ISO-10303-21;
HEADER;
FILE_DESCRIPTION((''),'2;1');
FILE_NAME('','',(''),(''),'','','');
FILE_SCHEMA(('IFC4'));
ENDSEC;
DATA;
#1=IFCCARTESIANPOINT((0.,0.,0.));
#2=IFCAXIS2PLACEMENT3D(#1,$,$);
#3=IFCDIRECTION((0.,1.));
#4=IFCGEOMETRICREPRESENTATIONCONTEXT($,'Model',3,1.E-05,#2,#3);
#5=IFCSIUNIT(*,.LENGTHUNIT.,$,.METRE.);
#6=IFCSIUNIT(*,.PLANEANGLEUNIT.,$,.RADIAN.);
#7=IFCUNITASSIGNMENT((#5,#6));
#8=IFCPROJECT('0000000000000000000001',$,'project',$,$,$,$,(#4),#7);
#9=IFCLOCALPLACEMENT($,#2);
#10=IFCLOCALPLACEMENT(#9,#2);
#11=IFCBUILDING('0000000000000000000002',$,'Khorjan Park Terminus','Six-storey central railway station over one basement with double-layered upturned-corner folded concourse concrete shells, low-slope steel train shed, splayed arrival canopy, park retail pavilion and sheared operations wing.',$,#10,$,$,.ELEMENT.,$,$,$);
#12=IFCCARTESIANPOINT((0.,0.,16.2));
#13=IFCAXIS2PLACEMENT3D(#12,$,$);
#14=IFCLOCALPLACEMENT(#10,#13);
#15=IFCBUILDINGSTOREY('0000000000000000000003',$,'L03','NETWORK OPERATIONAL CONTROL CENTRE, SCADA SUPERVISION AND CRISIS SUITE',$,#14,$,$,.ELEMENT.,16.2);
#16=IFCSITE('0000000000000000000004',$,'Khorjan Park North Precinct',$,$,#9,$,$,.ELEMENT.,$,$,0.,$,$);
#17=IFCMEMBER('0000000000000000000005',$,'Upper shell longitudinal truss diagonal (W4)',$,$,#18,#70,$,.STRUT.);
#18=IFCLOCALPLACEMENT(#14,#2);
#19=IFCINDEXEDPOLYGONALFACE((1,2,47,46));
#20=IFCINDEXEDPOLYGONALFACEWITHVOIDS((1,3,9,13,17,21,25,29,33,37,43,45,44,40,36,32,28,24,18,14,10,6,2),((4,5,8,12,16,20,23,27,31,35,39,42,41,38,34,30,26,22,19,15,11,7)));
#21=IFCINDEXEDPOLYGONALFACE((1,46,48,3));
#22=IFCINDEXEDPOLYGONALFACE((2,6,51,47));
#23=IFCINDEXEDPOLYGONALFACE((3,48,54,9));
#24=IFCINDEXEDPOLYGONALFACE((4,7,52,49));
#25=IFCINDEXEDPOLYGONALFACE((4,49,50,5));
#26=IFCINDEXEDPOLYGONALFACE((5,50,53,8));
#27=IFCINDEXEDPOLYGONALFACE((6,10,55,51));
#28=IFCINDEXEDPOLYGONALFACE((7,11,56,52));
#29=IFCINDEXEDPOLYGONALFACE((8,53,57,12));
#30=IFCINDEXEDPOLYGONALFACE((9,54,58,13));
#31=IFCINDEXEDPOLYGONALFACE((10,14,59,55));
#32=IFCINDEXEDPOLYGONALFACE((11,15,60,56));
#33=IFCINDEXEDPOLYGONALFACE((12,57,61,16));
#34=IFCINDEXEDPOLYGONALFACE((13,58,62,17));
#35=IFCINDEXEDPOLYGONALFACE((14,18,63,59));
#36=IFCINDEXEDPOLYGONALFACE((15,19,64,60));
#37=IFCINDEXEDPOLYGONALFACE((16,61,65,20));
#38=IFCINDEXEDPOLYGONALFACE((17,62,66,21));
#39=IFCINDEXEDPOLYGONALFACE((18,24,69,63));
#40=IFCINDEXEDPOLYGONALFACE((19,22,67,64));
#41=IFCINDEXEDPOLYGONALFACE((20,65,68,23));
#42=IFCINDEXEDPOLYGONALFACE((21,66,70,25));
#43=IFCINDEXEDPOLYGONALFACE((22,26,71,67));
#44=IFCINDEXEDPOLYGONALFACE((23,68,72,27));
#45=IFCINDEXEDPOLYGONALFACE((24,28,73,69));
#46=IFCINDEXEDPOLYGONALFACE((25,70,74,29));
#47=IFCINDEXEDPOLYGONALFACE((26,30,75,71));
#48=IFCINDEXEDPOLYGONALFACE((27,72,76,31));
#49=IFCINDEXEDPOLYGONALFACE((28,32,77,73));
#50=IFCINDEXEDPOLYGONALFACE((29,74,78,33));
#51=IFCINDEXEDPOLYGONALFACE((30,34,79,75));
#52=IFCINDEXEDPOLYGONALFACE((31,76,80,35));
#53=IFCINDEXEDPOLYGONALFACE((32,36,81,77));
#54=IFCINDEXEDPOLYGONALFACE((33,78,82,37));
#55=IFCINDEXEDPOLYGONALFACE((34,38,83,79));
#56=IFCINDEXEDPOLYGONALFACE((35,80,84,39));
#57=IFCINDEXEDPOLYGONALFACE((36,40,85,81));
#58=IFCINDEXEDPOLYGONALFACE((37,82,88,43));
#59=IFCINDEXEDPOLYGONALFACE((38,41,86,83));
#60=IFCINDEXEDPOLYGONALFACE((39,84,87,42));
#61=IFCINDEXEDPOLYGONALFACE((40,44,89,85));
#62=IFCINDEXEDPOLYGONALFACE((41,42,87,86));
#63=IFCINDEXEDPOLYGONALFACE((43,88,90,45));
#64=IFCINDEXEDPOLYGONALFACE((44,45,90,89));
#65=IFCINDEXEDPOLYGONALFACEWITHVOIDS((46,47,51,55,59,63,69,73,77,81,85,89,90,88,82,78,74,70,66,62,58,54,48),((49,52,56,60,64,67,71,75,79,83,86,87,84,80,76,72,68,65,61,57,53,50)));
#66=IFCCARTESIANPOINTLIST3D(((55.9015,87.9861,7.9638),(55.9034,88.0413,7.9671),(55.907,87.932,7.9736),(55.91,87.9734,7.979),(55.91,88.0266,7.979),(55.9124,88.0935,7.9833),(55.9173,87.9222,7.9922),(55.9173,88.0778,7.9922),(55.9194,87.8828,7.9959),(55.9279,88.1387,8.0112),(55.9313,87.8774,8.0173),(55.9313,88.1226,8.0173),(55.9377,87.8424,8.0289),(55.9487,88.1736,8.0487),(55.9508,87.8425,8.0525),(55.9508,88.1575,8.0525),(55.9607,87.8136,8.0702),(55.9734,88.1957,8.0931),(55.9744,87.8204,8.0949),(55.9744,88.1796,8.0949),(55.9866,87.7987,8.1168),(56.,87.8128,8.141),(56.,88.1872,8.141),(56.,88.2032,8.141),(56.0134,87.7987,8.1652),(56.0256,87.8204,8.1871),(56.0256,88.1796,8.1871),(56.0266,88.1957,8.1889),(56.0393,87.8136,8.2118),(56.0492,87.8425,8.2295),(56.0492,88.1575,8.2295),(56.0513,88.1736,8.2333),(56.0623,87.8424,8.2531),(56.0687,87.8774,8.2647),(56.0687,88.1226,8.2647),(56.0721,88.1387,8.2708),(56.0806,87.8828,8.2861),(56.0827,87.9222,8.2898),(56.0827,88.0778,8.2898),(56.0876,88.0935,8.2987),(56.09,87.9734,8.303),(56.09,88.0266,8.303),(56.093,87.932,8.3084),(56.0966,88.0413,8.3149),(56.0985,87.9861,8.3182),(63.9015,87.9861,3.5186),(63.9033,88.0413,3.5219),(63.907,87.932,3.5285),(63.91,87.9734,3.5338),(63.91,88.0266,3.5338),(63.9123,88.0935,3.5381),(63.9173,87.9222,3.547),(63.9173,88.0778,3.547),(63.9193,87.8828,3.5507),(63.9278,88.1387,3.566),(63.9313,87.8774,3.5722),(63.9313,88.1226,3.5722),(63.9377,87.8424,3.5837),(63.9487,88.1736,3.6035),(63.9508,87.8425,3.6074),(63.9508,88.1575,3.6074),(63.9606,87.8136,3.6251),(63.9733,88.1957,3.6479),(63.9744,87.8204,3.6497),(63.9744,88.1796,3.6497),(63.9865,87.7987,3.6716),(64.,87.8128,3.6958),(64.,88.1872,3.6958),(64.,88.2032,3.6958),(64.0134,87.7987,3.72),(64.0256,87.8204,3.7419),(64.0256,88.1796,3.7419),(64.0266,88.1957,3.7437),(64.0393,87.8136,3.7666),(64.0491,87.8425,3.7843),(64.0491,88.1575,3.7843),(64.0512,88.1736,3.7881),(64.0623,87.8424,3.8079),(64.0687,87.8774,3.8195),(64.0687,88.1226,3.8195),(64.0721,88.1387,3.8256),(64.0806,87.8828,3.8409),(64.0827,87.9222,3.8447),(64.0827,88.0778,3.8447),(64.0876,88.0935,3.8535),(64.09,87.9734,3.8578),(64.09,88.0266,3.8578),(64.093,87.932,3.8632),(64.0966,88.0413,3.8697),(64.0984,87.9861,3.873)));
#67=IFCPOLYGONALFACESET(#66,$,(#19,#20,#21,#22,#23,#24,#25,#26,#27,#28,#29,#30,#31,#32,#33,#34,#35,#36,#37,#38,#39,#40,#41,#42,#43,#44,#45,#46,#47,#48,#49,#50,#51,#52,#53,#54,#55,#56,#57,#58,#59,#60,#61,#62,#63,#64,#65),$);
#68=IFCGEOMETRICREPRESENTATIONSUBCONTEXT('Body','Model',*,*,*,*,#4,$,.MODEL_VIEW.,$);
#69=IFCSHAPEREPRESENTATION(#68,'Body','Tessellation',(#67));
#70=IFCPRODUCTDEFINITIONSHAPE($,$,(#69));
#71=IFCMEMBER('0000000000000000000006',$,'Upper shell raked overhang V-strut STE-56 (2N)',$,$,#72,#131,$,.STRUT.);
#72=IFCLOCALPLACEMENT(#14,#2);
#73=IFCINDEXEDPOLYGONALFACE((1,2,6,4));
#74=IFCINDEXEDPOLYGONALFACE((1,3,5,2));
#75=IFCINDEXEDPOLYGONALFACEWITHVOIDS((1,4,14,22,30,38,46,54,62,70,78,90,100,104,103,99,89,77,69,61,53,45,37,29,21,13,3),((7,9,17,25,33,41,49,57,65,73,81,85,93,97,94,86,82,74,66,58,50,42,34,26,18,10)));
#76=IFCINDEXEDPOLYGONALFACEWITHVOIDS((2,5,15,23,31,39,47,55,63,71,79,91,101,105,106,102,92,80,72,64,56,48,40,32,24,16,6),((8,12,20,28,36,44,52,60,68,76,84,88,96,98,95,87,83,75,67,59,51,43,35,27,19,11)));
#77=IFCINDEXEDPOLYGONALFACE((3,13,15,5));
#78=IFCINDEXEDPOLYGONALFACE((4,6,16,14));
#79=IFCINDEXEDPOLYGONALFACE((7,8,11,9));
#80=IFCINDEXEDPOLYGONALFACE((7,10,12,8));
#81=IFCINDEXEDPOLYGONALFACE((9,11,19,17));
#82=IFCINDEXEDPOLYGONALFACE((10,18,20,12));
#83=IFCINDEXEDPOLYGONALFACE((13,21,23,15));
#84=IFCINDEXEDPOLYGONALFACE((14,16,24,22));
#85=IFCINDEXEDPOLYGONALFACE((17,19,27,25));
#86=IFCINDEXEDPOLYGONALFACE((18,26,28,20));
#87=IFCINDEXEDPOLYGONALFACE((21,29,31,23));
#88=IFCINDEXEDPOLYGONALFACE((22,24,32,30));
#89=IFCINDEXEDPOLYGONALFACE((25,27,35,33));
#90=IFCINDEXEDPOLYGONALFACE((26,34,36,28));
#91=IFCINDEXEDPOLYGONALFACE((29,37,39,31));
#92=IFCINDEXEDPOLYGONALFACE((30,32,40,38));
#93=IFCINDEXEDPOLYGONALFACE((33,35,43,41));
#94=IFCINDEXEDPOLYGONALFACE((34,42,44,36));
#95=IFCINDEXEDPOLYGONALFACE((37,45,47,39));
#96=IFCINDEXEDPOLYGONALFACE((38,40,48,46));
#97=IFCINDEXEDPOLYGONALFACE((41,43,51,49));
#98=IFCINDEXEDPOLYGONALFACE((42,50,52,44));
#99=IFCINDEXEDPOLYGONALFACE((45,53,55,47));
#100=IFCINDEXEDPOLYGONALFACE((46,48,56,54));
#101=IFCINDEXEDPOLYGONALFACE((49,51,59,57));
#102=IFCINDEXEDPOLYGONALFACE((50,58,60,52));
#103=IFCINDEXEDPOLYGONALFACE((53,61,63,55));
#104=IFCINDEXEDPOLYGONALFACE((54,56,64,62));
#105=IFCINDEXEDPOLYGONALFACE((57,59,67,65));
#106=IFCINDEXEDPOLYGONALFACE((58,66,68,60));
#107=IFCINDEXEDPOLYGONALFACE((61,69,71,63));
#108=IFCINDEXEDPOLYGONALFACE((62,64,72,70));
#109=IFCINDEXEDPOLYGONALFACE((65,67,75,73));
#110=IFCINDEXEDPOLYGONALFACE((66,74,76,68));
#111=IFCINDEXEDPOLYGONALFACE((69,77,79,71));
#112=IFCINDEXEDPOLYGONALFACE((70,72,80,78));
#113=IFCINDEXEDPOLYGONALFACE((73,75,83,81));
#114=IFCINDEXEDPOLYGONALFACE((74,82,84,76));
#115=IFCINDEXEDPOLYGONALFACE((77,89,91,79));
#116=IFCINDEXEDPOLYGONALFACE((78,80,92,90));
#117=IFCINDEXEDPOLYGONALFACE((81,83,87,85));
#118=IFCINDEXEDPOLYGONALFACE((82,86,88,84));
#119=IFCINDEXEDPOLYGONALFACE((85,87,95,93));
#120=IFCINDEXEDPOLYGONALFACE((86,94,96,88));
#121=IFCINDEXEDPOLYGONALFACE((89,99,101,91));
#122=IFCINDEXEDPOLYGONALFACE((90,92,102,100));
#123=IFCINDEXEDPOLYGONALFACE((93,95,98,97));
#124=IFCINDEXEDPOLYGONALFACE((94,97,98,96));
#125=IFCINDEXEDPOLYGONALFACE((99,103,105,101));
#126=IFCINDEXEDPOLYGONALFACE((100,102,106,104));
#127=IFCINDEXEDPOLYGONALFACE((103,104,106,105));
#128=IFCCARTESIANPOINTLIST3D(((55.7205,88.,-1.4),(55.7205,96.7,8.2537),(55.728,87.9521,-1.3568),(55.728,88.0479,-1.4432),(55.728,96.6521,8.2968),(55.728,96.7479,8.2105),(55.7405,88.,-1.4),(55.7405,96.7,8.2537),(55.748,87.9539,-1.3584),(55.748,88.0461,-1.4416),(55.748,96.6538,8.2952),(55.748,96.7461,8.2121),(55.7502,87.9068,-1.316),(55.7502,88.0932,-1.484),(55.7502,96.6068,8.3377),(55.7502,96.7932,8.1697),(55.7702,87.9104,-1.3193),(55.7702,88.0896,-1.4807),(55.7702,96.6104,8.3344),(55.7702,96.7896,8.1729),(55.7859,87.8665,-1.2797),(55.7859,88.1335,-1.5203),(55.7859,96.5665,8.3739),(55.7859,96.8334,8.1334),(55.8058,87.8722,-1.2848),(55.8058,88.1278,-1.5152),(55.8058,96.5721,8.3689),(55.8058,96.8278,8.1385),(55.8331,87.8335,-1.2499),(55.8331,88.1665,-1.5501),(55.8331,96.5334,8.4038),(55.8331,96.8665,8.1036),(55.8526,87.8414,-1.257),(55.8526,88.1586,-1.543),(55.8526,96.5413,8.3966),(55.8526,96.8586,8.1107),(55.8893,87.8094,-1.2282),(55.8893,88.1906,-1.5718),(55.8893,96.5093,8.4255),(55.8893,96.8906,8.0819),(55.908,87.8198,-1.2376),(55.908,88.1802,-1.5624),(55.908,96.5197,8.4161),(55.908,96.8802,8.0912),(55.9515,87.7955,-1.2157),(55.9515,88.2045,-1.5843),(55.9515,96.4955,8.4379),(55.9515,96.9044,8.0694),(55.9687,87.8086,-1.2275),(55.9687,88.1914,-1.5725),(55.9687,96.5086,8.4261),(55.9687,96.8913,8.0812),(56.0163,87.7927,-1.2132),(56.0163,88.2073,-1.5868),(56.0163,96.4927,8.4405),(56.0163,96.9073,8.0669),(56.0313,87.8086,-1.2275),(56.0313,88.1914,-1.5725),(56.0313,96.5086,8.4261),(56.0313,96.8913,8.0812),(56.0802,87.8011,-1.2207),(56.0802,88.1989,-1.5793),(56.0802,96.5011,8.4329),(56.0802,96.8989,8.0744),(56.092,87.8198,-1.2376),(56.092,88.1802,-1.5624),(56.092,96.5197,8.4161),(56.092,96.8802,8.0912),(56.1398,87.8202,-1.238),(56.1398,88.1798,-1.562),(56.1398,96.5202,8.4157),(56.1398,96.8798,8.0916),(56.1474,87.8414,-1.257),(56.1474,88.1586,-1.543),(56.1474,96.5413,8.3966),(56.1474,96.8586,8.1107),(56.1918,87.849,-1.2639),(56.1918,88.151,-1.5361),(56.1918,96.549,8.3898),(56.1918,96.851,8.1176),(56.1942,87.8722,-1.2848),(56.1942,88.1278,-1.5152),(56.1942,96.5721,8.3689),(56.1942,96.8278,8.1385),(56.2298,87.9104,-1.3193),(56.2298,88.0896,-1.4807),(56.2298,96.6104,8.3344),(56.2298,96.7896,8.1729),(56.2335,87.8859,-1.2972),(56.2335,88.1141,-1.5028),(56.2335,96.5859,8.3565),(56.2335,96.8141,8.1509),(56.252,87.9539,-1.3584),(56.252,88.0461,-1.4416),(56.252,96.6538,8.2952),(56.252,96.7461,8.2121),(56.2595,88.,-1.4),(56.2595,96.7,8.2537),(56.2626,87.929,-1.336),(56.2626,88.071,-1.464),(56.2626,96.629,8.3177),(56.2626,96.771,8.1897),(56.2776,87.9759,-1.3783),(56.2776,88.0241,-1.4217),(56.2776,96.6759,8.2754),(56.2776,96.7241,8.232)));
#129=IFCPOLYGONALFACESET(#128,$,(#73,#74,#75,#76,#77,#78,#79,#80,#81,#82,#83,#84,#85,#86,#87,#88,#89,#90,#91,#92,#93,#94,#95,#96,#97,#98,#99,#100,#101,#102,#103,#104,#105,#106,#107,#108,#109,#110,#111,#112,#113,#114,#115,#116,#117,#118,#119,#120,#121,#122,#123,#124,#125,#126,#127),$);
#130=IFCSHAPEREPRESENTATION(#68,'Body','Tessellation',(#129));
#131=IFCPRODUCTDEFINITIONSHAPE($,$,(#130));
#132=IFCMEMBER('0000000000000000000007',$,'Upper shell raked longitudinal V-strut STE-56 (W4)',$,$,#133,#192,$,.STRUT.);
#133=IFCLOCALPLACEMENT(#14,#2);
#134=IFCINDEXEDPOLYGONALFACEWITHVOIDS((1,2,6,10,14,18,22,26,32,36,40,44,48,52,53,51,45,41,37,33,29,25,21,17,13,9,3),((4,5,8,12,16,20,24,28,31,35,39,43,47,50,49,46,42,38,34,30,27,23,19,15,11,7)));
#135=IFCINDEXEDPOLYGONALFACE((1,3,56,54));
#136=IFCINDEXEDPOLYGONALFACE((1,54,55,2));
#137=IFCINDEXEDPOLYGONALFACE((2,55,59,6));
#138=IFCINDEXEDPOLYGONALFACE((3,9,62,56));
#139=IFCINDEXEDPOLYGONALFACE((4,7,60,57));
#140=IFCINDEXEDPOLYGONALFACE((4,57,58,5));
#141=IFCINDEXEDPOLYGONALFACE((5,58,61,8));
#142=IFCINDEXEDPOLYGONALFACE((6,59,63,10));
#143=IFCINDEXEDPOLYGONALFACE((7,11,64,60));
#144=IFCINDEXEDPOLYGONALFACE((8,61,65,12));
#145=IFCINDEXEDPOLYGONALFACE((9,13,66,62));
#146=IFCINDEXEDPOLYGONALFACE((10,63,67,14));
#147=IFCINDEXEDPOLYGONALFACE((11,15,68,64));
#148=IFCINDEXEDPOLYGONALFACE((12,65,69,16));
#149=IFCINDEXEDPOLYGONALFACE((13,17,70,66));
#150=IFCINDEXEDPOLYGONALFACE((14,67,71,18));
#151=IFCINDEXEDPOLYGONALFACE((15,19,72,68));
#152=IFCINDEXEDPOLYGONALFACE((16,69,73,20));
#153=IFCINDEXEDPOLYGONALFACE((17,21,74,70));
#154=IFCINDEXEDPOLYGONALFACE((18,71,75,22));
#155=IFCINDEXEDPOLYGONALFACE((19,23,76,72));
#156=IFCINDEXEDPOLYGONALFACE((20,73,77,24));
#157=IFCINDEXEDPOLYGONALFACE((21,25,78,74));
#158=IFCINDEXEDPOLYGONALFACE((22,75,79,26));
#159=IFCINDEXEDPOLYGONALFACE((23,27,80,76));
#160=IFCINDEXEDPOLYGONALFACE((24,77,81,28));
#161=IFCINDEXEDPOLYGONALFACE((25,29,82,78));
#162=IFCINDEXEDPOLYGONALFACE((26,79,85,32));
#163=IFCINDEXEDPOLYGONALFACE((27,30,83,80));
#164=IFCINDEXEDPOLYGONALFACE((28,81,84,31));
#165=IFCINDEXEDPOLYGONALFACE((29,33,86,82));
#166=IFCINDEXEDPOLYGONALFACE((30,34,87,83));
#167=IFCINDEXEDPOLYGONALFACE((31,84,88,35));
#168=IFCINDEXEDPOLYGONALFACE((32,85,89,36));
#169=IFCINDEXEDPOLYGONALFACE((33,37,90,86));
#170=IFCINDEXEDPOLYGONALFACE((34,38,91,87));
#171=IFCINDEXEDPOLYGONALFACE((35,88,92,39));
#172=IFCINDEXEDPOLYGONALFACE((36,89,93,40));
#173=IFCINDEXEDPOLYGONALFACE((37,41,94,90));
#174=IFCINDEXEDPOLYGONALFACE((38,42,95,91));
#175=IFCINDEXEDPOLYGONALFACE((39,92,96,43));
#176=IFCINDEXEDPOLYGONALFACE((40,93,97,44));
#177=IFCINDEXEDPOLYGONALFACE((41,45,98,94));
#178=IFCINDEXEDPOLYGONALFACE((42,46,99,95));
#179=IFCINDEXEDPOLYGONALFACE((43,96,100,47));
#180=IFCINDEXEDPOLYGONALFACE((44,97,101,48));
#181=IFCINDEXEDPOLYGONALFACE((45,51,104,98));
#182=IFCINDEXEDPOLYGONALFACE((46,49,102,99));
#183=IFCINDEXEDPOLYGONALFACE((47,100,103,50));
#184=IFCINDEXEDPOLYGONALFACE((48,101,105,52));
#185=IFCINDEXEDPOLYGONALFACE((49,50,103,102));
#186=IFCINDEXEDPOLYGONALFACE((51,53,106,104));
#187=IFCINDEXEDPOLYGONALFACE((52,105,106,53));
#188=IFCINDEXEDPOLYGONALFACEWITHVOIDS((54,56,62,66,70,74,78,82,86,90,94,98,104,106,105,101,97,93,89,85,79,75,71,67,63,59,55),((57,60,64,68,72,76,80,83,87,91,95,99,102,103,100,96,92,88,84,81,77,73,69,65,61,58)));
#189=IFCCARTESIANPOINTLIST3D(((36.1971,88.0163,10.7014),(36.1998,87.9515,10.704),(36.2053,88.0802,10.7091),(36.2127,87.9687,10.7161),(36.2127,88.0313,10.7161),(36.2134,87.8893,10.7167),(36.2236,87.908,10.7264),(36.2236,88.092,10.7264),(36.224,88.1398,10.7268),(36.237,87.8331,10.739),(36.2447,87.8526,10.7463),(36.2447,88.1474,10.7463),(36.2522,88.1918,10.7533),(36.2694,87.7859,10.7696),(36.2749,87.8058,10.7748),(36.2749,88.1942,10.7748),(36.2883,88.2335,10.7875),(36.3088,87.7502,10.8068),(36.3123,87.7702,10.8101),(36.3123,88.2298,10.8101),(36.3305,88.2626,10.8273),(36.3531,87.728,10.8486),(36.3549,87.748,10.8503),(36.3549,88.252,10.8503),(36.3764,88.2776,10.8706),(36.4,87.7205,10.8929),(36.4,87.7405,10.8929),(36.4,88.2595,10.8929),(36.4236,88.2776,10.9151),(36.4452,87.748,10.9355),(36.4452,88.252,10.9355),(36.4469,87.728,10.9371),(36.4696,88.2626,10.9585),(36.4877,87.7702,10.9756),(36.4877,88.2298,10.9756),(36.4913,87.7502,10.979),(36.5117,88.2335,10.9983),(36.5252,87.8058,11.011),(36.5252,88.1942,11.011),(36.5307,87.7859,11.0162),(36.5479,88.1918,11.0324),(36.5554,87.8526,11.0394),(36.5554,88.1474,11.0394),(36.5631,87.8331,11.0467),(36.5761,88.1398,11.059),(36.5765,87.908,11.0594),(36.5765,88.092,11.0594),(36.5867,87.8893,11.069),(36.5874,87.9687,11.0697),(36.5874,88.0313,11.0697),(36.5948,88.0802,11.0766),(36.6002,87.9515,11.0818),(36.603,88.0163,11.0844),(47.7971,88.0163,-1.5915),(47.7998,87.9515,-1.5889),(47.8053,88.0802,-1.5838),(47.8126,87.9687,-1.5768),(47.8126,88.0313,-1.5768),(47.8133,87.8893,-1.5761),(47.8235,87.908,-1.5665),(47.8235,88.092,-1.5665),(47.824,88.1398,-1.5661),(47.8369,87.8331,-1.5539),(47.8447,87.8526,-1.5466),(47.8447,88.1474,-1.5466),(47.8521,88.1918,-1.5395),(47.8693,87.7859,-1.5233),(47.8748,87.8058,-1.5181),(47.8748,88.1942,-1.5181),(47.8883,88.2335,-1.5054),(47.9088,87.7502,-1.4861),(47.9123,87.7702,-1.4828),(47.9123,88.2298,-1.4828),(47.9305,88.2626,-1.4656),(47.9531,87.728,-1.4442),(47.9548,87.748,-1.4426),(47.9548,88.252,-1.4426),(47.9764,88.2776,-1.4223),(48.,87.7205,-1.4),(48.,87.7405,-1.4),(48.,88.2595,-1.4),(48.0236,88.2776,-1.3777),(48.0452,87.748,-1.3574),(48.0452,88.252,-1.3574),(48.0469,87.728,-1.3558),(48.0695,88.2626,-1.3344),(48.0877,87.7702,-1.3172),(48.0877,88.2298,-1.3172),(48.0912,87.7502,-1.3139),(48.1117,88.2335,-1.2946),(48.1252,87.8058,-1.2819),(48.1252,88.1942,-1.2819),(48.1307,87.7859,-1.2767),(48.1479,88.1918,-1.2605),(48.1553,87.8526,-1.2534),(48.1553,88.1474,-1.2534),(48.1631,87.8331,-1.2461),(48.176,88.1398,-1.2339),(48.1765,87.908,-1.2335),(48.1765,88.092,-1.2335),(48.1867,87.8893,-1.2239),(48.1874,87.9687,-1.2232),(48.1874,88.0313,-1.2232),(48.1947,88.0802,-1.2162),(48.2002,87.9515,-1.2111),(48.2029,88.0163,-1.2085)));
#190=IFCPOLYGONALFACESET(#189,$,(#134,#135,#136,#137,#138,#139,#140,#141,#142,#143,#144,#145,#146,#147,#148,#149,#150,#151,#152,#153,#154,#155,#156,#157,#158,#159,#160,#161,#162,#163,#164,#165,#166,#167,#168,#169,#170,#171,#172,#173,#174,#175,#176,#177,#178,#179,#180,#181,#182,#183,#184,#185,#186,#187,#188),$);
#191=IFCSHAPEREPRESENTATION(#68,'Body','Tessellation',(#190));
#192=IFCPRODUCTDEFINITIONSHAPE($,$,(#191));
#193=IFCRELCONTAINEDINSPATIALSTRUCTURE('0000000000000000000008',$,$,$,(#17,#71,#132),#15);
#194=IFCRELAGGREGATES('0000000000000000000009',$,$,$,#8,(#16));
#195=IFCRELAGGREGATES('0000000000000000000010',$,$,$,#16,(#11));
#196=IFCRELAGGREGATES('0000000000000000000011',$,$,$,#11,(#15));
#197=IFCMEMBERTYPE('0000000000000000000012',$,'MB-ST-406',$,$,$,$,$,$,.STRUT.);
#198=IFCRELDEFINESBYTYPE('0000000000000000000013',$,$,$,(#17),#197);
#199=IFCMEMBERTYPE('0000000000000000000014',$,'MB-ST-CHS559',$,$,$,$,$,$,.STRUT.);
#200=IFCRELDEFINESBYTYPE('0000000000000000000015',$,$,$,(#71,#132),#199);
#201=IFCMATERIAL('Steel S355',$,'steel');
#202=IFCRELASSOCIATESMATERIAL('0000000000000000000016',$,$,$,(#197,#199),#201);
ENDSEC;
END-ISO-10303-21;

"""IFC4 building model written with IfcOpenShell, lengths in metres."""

from ifc_helpers import new_model, si_unit, direction, frame, origin, origin_2d, place, context, subcontext, project, spatial, hollow_circle, extrude, material, material_profile, profile_set, type_object, element, save


model = new_model("IFC4")

# Units and contexts
model_context = context("Model", 3, precision=1e-05, world=origin(), true_north=direction((0.0, 1.0)))
body_context = subcontext(model_context, "Body", "Model", "MODEL_VIEW")
ifc_project = project(units=[si_unit("LENGTHUNIT", "METRE"), si_unit("PLANEANGLEUNIT", "RADIAN")], contexts=[model_context])

# Site, building, storey
site_placement = place(None, origin())
site = spatial("IfcSite", under=ifc_project, at=site_placement, Name="Khorjan Park North Precinct", CompositionType="ELEMENT", RefElevation=0.0)
building_placement = place(site_placement, origin())
building = spatial("IfcBuilding", under=site, at=building_placement, Name="Khorjan Park Terminus", Description="Six-storey central railway station over one basement with double-layered upturned-corner folded concourse concrete shells, low-slope steel train shed, splayed arrival canopy, park retail pavilion and sheared operations wing.", CompositionType="ELEMENT")
storey_placement = place(building_placement, frame((0.0, 0.0, 16.2)))
storey = spatial("IfcBuildingStorey", under=building, at=storey_placement, Name="L03", Description="NETWORK OPERATIONAL CONTROL CENTRE, SCADA SUPERVISION AND CRISIS SUITE", CompositionType="ELEMENT", Elevation=16.2)

# Members
ifc_material_1 = material(Name="Steel S355", Category="steel")
ifc_material_profile_1 = material_profile(ifc_material_1, hollow_circle(Radius=0.2032, WallThickness=0.016, at=origin_2d()), Name="CHS 406.4x16")
ifc_profile_set_1 = profile_set([ifc_material_profile_1], Name="Steel S355")
member_type_1 = type_object("IfcMemberType", Name="MB-ST-406", PredefinedType="STRUT", material=ifc_profile_set_1)
member_1_placement = place(storey_placement, frame((56.0, 88.0, 8.141), z_axis=(0.874122, 0.0, -0.485706), x_axis=(0.0, 1.0, 0.0)))
element("IfcMember", 1, at=member_1_placement, inside=storey, type_object=member_type_1, Name="Upper shell longitudinal truss diagonal (W4)", PredefinedType="STRUT", context=body_context, shape_type="SweptSolid", body=[
    extrude(hollow_circle(Radius=0.2032, WallThickness=0.016, at=origin_2d()), origin(), (0.0, 0.0, 1.0), 9.152),
])
ifc_material_profile_2 = material_profile(ifc_material_1, hollow_circle(Radius=0.2795, WallThickness=0.02, at=origin_2d()), Name="CHS 559x20")
ifc_profile_set_2 = profile_set([ifc_material_profile_2], Name="Steel S355")
member_type_2 = type_object("IfcMemberType", Name="MB-ST-CHS559", PredefinedType="STRUT", material=ifc_profile_set_2)
member_2_placement = place(storey_placement, frame((56.0, 88.0, -1.4), z_axis=(0.0, 0.669461, 0.742847), x_axis=(-1.0, 0.0, 0.0)))
element("IfcMember", 2, at=member_2_placement, inside=storey, type_object=member_type_2, Name="Upper shell raked overhang V-strut STE-56 (2N)", PredefinedType="STRUT", context=body_context, shape_type="SweptSolid", body=[
    extrude(hollow_circle(Radius=0.2795, WallThickness=0.02, at=origin_2d()), origin(), (0.0, 0.0, 1.0), 12.9955),
])
member_3_placement = place(storey_placement, frame((48.0, 88.0, -1.4), z_axis=(-0.686312, 0.0, 0.727307), x_axis=(0.0, -1.0, 0.0)))
element("IfcMember", 3, at=member_3_placement, inside=storey, type_object=member_type_2, Name="Upper shell raked longitudinal V-strut STE-56 (W4)", PredefinedType="STRUT", context=body_context, shape_type="SweptSolid", body=[
    extrude(hollow_circle(Radius=0.2795, WallThickness=0.02, at=origin_2d()), origin(), (0.0, 0.0, 1.0), 16.9019),
])

save(model, "model.ifc")
